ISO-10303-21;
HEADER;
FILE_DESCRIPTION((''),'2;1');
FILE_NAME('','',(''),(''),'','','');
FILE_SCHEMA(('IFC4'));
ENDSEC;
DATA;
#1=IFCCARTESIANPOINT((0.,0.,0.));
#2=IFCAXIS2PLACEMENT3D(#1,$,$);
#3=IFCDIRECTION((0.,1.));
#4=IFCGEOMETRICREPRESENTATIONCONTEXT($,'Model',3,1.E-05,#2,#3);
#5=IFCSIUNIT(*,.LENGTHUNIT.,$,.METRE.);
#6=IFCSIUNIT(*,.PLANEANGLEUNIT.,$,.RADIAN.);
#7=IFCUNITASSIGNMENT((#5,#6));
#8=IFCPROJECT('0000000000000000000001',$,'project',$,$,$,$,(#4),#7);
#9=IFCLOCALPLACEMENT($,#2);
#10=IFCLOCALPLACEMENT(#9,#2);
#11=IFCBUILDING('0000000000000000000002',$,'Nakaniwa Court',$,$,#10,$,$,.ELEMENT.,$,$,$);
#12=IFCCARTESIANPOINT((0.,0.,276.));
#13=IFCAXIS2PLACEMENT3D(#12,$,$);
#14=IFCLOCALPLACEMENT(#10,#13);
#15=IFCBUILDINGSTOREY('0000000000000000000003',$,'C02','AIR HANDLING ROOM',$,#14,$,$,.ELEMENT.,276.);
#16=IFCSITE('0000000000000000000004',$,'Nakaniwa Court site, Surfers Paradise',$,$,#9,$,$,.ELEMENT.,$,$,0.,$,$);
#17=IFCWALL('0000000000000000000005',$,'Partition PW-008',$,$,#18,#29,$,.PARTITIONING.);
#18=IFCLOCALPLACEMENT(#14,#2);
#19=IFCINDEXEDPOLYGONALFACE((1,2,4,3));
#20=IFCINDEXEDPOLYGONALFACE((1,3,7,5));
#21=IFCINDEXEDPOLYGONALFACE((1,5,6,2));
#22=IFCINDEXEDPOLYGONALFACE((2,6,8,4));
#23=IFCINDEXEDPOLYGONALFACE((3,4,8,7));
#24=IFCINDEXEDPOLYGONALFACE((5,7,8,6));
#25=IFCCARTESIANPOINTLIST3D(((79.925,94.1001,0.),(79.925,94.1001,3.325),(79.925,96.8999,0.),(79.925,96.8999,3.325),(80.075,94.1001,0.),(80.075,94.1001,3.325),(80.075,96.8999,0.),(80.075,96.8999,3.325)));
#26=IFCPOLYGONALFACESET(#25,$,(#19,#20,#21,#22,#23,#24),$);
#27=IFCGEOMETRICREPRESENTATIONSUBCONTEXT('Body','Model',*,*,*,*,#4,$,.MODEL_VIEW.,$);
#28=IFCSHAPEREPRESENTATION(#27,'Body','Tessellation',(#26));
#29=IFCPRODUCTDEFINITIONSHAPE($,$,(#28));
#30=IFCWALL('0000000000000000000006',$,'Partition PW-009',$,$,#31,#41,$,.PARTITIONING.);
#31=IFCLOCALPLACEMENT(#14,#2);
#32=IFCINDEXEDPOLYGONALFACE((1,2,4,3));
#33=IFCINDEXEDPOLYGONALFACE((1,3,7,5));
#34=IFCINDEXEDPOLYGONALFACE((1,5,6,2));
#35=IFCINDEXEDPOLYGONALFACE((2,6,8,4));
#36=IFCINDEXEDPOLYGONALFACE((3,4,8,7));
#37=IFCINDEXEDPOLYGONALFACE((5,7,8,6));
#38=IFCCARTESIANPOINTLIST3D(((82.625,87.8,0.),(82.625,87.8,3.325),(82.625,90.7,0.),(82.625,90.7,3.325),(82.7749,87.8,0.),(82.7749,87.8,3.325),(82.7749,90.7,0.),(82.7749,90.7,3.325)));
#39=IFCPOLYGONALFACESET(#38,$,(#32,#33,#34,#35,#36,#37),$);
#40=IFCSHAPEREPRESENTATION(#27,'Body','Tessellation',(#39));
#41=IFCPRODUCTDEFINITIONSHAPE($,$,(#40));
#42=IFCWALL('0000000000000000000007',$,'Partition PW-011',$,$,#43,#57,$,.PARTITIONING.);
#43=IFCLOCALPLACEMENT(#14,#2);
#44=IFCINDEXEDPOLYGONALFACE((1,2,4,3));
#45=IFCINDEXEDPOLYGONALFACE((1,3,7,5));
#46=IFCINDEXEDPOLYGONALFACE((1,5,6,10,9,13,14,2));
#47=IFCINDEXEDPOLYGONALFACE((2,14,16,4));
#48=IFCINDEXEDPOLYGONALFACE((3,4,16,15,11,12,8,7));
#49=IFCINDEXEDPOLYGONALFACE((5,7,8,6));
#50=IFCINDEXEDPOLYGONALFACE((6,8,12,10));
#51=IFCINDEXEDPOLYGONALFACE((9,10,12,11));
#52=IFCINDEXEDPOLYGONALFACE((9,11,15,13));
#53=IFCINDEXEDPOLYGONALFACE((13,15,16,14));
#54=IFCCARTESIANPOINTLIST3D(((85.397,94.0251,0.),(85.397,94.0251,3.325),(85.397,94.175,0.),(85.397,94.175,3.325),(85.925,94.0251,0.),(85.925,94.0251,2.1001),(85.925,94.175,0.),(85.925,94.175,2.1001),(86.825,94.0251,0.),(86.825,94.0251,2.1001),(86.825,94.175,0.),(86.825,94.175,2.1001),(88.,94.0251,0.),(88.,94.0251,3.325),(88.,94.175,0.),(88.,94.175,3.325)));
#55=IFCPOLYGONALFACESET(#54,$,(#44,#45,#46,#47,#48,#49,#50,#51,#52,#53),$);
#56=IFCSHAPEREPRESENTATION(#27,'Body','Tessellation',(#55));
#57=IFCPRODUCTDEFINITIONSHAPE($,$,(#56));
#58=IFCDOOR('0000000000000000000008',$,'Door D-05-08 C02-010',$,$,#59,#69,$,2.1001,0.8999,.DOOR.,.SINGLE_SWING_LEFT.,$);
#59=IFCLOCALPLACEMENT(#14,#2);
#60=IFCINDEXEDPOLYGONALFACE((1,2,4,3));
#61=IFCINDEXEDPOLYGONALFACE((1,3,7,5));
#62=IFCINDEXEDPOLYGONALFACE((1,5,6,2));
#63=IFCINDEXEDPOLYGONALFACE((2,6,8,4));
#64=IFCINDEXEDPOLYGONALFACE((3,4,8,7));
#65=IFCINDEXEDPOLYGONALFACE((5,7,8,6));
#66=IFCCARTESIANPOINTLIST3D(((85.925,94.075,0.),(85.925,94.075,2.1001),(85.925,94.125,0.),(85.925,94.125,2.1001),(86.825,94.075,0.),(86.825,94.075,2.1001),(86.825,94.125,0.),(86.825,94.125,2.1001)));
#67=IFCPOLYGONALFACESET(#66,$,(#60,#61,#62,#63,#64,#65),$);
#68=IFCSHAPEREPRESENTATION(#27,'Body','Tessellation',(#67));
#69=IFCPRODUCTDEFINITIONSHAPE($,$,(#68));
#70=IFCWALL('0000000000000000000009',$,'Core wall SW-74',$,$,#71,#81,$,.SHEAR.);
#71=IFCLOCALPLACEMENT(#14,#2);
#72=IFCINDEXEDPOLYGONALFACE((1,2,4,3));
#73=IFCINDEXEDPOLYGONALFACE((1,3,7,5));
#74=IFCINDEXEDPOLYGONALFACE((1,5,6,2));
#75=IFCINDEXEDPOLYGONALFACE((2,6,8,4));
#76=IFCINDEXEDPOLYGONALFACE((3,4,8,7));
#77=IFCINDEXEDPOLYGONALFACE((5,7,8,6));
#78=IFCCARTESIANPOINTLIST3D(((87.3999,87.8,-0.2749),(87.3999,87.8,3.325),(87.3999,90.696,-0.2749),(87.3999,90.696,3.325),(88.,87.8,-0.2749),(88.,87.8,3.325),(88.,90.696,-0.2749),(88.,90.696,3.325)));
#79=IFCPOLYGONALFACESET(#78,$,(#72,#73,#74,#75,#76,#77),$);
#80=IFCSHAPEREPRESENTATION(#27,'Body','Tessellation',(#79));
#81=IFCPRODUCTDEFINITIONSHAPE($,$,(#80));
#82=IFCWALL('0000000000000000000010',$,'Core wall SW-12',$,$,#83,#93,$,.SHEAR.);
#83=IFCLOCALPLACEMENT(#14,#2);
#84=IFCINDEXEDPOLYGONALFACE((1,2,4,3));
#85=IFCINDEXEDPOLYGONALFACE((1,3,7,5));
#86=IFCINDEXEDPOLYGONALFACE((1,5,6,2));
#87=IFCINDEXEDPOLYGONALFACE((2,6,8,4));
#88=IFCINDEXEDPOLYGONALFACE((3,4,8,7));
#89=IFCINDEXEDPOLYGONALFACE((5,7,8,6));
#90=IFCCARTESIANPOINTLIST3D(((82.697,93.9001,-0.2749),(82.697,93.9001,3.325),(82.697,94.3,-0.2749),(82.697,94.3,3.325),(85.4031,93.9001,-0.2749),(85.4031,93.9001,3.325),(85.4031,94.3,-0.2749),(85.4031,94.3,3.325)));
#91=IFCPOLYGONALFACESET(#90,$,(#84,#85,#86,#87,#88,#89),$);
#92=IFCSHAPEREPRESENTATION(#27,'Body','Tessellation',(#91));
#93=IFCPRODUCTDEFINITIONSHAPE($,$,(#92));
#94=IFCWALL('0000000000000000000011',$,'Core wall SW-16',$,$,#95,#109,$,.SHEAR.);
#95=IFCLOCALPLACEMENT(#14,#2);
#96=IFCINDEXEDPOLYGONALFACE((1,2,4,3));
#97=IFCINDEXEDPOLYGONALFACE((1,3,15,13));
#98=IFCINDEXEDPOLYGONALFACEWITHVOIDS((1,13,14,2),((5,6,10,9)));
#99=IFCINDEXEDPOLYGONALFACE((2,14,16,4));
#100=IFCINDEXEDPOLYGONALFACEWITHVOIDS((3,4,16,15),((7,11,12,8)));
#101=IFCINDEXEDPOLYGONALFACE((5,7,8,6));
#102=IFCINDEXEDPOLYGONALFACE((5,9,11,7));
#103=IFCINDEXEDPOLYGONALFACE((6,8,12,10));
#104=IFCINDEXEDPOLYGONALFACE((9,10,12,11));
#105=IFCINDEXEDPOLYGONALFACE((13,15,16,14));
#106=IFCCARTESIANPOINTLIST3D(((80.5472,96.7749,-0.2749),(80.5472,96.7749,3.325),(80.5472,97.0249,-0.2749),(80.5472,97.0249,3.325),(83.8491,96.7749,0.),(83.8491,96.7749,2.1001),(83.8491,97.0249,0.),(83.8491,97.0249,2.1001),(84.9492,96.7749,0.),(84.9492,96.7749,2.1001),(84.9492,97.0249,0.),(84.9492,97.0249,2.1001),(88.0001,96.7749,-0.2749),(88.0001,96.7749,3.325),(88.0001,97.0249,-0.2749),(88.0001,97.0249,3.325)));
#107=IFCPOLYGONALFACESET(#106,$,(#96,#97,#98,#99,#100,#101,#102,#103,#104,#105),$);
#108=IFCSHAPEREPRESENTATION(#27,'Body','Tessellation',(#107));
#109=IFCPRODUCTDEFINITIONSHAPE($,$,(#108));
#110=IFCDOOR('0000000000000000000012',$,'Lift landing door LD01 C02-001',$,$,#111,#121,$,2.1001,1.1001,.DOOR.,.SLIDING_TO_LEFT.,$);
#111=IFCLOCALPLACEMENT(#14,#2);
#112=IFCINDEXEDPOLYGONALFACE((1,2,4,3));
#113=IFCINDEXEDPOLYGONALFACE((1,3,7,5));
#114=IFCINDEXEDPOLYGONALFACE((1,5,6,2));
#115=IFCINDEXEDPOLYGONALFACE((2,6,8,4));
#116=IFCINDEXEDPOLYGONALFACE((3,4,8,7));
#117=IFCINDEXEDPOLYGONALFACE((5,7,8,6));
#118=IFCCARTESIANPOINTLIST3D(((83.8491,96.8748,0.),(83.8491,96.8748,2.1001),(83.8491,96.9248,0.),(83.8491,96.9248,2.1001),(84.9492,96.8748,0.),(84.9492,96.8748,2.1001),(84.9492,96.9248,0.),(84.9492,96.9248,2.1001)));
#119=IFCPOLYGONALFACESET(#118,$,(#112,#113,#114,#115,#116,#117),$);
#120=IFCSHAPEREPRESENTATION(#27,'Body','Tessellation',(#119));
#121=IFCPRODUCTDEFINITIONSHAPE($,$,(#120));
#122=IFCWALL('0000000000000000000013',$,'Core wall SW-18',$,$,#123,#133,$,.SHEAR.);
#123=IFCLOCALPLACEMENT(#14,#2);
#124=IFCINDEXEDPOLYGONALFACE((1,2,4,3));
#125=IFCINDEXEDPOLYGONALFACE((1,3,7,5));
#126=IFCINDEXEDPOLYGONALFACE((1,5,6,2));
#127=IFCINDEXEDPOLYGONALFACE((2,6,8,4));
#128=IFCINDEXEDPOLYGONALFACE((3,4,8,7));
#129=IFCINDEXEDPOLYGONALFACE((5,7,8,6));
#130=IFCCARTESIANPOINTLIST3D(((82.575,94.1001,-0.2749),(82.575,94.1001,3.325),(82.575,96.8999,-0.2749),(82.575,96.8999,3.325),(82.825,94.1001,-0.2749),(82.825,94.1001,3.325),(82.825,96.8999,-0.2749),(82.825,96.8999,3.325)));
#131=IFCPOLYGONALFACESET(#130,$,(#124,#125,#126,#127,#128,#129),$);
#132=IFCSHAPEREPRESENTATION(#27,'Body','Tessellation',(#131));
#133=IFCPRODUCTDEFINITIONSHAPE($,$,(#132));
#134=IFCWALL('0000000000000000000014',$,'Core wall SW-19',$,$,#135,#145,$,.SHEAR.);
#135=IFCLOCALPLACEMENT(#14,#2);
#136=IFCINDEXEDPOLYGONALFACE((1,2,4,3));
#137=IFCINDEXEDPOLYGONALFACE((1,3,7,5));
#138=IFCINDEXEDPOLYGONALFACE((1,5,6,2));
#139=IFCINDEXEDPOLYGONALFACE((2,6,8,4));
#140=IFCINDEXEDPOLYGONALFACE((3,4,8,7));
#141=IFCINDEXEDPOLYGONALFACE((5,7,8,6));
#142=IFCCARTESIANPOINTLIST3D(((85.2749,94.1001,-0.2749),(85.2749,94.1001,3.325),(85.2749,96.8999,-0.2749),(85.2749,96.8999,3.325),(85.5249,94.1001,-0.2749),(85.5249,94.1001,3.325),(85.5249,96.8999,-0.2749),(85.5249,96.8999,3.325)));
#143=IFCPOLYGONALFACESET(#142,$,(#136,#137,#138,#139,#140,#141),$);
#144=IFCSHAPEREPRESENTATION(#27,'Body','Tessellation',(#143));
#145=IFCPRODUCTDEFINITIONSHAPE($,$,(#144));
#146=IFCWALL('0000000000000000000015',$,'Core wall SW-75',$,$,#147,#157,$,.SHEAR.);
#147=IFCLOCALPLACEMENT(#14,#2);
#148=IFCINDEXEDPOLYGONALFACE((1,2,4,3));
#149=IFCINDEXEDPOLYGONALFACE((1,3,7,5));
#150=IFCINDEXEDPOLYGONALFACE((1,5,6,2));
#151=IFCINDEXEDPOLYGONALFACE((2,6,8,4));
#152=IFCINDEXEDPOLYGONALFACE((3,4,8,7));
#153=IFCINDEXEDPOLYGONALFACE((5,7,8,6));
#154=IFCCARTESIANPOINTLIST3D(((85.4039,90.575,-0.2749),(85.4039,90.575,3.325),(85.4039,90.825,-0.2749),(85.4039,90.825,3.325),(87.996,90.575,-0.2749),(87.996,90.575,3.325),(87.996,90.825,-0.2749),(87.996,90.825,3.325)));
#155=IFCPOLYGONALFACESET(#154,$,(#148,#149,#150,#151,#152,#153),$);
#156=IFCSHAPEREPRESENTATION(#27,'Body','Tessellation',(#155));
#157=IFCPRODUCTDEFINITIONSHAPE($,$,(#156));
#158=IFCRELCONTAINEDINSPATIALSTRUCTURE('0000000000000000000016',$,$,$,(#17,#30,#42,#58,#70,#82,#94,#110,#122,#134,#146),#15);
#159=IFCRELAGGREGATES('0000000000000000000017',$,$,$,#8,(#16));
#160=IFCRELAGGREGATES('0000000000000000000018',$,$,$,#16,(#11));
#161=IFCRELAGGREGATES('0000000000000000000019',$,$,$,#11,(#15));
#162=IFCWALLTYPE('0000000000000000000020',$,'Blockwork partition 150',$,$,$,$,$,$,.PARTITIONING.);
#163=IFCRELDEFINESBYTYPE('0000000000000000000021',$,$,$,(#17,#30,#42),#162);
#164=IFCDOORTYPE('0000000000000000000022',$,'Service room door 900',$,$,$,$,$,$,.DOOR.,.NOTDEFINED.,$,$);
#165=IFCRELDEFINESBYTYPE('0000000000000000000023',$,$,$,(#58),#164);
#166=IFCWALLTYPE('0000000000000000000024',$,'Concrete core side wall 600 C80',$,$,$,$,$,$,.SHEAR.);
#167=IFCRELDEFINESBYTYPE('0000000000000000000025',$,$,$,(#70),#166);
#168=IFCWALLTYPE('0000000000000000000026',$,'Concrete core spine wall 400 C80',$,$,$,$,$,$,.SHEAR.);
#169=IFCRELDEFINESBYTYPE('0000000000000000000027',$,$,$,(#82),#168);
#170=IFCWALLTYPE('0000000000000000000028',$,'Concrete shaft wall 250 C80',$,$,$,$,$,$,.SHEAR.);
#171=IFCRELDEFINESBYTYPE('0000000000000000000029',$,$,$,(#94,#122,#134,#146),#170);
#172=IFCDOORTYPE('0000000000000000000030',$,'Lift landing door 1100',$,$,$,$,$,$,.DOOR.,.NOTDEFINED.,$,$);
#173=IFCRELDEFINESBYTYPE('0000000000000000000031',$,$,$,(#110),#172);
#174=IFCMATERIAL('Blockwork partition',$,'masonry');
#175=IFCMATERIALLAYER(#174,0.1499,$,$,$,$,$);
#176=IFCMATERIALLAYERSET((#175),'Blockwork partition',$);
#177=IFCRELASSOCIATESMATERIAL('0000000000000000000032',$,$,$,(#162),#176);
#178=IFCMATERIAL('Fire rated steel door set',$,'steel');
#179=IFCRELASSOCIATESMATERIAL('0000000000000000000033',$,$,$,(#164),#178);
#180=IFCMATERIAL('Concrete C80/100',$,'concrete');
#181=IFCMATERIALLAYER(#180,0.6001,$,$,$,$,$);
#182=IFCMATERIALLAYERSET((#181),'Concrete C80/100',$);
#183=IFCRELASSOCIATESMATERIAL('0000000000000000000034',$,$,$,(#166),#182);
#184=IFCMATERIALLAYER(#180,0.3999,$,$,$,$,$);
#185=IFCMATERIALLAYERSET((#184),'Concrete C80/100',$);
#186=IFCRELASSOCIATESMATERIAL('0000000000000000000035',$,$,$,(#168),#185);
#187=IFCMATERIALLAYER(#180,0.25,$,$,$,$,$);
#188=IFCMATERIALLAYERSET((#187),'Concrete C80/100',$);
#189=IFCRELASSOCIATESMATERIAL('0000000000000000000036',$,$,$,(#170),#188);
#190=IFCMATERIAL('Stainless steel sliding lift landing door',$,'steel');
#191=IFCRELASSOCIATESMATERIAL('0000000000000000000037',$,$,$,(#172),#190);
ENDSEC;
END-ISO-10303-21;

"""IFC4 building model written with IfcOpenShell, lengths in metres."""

from ifc_helpers import new_model, si_unit, direction, frame, frame_2d, origin, place, context, subcontext, project, spatial, rectangle, extrude, material, layer, layer_set, type_object, element, fill, save


model = new_model("IFC4")

# Units and contexts
model_context = context("Model", 3, precision=1e-05, world=origin(), true_north=direction((0.0, 1.0)))
body_context = subcontext(model_context, "Body", "Model", "MODEL_VIEW")
ifc_project = project(units=[si_unit("LENGTHUNIT", "METRE"), si_unit("PLANEANGLEUNIT", "RADIAN")], contexts=[model_context])

# Site, building, storey
site_placement = place(None, origin())
site = spatial("IfcSite", under=ifc_project, at=site_placement, Name="Nakaniwa Court site, Surfers Paradise", CompositionType="ELEMENT", RefElevation=0.0)
building_placement = place(site_placement, origin())
building = spatial("IfcBuilding", under=site, at=building_placement, Name="Nakaniwa Court", CompositionType="ELEMENT")
storey_placement = place(building_placement, frame((0.0, 0.0, 276.0)))
storey = spatial("IfcBuildingStorey", under=building, at=storey_placement, Name="C02", Description="AIR HANDLING ROOM", CompositionType="ELEMENT", Elevation=276.0)

# Shared definitions
ifc_material_1 = material(Name="Blockwork partition", Category="masonry")
ifc_layer_1 = layer(ifc_material_1, 0.1499)
ifc_layer_set_1 = layer_set([ifc_layer_1], Name="Blockwork partition")
wall_type_1 = type_object("IfcWallType", Name="Blockwork partition 150", PredefinedType="PARTITIONING", material=ifc_layer_set_1)
ifc_material_2 = material(Name="Fire rated steel door set", Category="steel")
door_type_1 = type_object("IfcDoorType", Name="Service room door 900", OperationType="NOTDEFINED", PredefinedType="DOOR", material=ifc_material_2)

# Walls
wall_1_placement = place(storey_placement, frame((80.0, 94.1001, 0.0), z_axis=(0.0, 0.0, 1.0), x_axis=(0.0, 1.0, 0.0)))
element("IfcWall", 1, at=wall_1_placement, inside=storey, type_object=wall_type_1, Name="Partition PW-008", PredefinedType="PARTITIONING", context=body_context, shape_type="SweptSolid", body=[
    extrude(rectangle(XDim=2.7998, YDim=0.1499, at=frame_2d((1.3999, 0.0))), origin(), (0.0, 0.0, 1.0), 3.325),
])
wall_2_placement = place(storey_placement, frame((82.7, 87.8, 0.0), z_axis=(0.0, 0.0, 1.0), x_axis=(0.0, 1.0, 0.0)))
element("IfcWall", 2, at=wall_2_placement, inside=storey, type_object=wall_type_1, Name="Partition PW-009", PredefinedType="PARTITIONING", context=body_context, shape_type="SweptSolid", body=[
    extrude(rectangle(XDim=2.8999, YDim=0.1499, at=frame_2d((1.45, 0.0))), origin(), (0.0, 0.0, 1.0), 3.325),
])

# Wall, opening, door
wall_3_placement = place(storey_placement, frame((85.397, 94.1001, 0.0), z_axis=(0.0, 0.0, 1.0), x_axis=(1.0, 0.0, 0.0)))
wall_3 = element("IfcWall", 3, at=wall_3_placement, inside=storey, type_object=wall_type_1, Name="Partition PW-011", PredefinedType="PARTITIONING", context=body_context, shape_type="SweptSolid", body=[
    extrude(rectangle(XDim=2.603, YDim=0.1499, at=frame_2d((1.3015, 0.0))), origin(), (0.0, 0.0, 1.0), 3.325),
])
opening_1_placement = place(wall_3_placement, frame((0.5281, 0.0, 0.0)))
opening_1 = element("IfcOpeningElement", 4, at=opening_1_placement, cuts=wall_3, PredefinedType="OPENING", context=body_context, shape_type="SweptSolid", body=[
    extrude(rectangle(XDim=0.8999, YDim=2.1001, at=frame_2d((0.45, 1.05))), frame((0.0, 0.085, 0.0), z_axis=(0.0, -1.0, 0.0), x_axis=(1.0, 0.0, 0.0)), (0.0, 0.0, 1.0), 0.1699),
])
door_1_placement = place(opening_1_placement, origin())
door_1 = element("IfcDoor", 5, at=door_1_placement, inside=storey, type_object=door_type_1, Name="Door D-05-08 C02-010", OperationType="SINGLE_SWING_LEFT", OverallHeight=2.1001, OverallWidth=0.8999, PredefinedType="DOOR", context=body_context, shape_type="SweptSolid", body=[
    extrude(rectangle(XDim=0.8999, YDim=2.1001, at=frame_2d((0.45, 1.05))), frame((0.0, 0.0249, 0.0), z_axis=(0.0, -1.0, 0.0), x_axis=(1.0, 0.0, 0.0)), (0.0, 0.0, 1.0), 0.05),
])
fill(opening_1, door_1)

# Walls
ifc_material_3 = material(Name="Concrete C80/100", Category="concrete")
ifc_layer_2 = layer(ifc_material_3, 0.6001)
ifc_layer_set_2 = layer_set([ifc_layer_2], Name="Concrete C80/100")
wall_type_2 = type_object("IfcWallType", Name="Concrete core side wall 600 C80", PredefinedType="SHEAR", material=ifc_layer_set_2)
wall_4_placement = place(storey_placement, frame((87.7, 87.8, -0.2749), z_axis=(0.0, 0.0, 1.0), x_axis=(0.0, 1.0, 0.0)))
element("IfcWall", 6, at=wall_4_placement, inside=storey, type_object=wall_type_2, Name="Core wall SW-74", PredefinedType="SHEAR", context=body_context, shape_type="SweptSolid", body=[
    extrude(rectangle(XDim=2.896, YDim=0.6001, at=frame_2d((1.448, 0.0))), origin(), (0.0, 0.0, 1.0), 3.5999),
])
ifc_layer_3 = layer(ifc_material_3, 0.3999)
ifc_layer_set_3 = layer_set([ifc_layer_3], Name="Concrete C80/100")
wall_type_3 = type_object("IfcWallType", Name="Concrete core spine wall 400 C80", PredefinedType="SHEAR", material=ifc_layer_set_3)
wall_5_placement = place(storey_placement, frame((82.697, 94.1001, -0.2749), z_axis=(0.0, 0.0, 1.0), x_axis=(1.0, 0.0, 0.0)))
element("IfcWall", 7, at=wall_5_placement, inside=storey, type_object=wall_type_3, Name="Core wall SW-12", PredefinedType="SHEAR", context=body_context, shape_type="SweptSolid", body=[
    extrude(rectangle(XDim=2.7061, YDim=0.3999, at=frame_2d((1.353, 0.0))), origin(), (0.0, 0.0, 1.0), 3.5999),
])

# Wall, opening, door
ifc_layer_4 = layer(ifc_material_3, 0.25)
ifc_layer_set_4 = layer_set([ifc_layer_4], Name="Concrete C80/100")
wall_type_4 = type_object("IfcWallType", Name="Concrete shaft wall 250 C80", PredefinedType="SHEAR", material=ifc_layer_set_4)
wall_6_placement = place(storey_placement, frame((80.5471, 96.8999, -0.2749), z_axis=(0.0, 0.0, 1.0), x_axis=(1.0, 0.0, 0.0)))
wall_6 = element("IfcWall", 8, at=wall_6_placement, inside=storey, type_object=wall_type_4, Name="Core wall SW-16", PredefinedType="SHEAR", context=body_context, shape_type="SweptSolid", body=[
    extrude(rectangle(XDim=7.4529, YDim=0.25, at=frame_2d((3.7266, 0.0))), origin(), (0.0, 0.0, 1.0), 3.5999),
])
opening_2_placement = place(wall_6_placement, frame((3.302, 0.0, 0.2749)))
opening_2 = element("IfcOpeningElement", 9, at=opening_2_placement, cuts=wall_6, PredefinedType="OPENING", context=body_context, shape_type="SweptSolid", body=[
    extrude(rectangle(XDim=1.1001, YDim=2.1001, at=frame_2d((0.55, 1.05))), frame((0.0, 0.135, 0.0), z_axis=(0.0, -1.0, 0.0), x_axis=(1.0, 0.0, 0.0)), (0.0, 0.0, 1.0), 0.27),
])
ifc_material_4 = material(Name="Stainless steel sliding lift landing door", Category="steel")
door_type_2 = type_object("IfcDoorType", Name="Lift landing door 1100", OperationType="NOTDEFINED", PredefinedType="DOOR", material=ifc_material_4)
door_2_placement = place(opening_2_placement, origin())
door_2 = element("IfcDoor", 10, at=door_2_placement, inside=storey, type_object=door_type_2, Name="Lift landing door LD01 C02-001", OperationType="SLIDING_TO_LEFT", OverallHeight=2.1001, OverallWidth=1.1001, PredefinedType="DOOR", context=body_context, shape_type="SweptSolid", body=[
    extrude(rectangle(XDim=1.1001, YDim=2.1001, at=frame_2d((0.55, 1.05))), frame((0.0, 0.0249, 0.0), z_axis=(0.0, -1.0, 0.0), x_axis=(1.0, 0.0, 0.0)), (0.0, 0.0, 1.0), 0.05),
])
fill(opening_2, door_2)

# Walls
for number, where, z_axis, x_axis, name in (
    (11, (82.7, 94.1001, -0.2749), (0.0, 0.0, 1.0), (0.0, 1.0, 0.0), "Core wall SW-18"),
    (12, (85.3999, 94.1001, -0.2749), (0.0, 0.0, 1.0), (0.0, 1.0, 0.0), "Core wall SW-19"),
):
    element("IfcWall", number, at=place(storey_placement, frame(where, z_axis=z_axis, x_axis=x_axis)), inside=storey, type_object=wall_type_4, Name=name, PredefinedType="SHEAR", context=body_context, shape_type="SweptSolid", body=[
        extrude(rectangle(XDim=2.7998, YDim=0.25, at=frame_2d((1.3999, 0.0))), origin(), (0.0, 0.0, 1.0), 3.5999),
    ])
wall_7_placement = place(storey_placement, frame((85.4041, 90.7, -0.2749), z_axis=(0.0, 0.0, 1.0), x_axis=(1.0, 0.0, 0.0)))
element("IfcWall", 13, at=wall_7_placement, inside=storey, type_object=wall_type_4, Name="Core wall SW-75", PredefinedType="SHEAR", context=body_context, shape_type="SweptSolid", body=[
    extrude(rectangle(XDim=2.592, YDim=0.25, at=frame_2d((1.2959, 0.0))), origin(), (0.0, 0.0, 1.0), 3.5999),
])

save(model, "model.ifc")
